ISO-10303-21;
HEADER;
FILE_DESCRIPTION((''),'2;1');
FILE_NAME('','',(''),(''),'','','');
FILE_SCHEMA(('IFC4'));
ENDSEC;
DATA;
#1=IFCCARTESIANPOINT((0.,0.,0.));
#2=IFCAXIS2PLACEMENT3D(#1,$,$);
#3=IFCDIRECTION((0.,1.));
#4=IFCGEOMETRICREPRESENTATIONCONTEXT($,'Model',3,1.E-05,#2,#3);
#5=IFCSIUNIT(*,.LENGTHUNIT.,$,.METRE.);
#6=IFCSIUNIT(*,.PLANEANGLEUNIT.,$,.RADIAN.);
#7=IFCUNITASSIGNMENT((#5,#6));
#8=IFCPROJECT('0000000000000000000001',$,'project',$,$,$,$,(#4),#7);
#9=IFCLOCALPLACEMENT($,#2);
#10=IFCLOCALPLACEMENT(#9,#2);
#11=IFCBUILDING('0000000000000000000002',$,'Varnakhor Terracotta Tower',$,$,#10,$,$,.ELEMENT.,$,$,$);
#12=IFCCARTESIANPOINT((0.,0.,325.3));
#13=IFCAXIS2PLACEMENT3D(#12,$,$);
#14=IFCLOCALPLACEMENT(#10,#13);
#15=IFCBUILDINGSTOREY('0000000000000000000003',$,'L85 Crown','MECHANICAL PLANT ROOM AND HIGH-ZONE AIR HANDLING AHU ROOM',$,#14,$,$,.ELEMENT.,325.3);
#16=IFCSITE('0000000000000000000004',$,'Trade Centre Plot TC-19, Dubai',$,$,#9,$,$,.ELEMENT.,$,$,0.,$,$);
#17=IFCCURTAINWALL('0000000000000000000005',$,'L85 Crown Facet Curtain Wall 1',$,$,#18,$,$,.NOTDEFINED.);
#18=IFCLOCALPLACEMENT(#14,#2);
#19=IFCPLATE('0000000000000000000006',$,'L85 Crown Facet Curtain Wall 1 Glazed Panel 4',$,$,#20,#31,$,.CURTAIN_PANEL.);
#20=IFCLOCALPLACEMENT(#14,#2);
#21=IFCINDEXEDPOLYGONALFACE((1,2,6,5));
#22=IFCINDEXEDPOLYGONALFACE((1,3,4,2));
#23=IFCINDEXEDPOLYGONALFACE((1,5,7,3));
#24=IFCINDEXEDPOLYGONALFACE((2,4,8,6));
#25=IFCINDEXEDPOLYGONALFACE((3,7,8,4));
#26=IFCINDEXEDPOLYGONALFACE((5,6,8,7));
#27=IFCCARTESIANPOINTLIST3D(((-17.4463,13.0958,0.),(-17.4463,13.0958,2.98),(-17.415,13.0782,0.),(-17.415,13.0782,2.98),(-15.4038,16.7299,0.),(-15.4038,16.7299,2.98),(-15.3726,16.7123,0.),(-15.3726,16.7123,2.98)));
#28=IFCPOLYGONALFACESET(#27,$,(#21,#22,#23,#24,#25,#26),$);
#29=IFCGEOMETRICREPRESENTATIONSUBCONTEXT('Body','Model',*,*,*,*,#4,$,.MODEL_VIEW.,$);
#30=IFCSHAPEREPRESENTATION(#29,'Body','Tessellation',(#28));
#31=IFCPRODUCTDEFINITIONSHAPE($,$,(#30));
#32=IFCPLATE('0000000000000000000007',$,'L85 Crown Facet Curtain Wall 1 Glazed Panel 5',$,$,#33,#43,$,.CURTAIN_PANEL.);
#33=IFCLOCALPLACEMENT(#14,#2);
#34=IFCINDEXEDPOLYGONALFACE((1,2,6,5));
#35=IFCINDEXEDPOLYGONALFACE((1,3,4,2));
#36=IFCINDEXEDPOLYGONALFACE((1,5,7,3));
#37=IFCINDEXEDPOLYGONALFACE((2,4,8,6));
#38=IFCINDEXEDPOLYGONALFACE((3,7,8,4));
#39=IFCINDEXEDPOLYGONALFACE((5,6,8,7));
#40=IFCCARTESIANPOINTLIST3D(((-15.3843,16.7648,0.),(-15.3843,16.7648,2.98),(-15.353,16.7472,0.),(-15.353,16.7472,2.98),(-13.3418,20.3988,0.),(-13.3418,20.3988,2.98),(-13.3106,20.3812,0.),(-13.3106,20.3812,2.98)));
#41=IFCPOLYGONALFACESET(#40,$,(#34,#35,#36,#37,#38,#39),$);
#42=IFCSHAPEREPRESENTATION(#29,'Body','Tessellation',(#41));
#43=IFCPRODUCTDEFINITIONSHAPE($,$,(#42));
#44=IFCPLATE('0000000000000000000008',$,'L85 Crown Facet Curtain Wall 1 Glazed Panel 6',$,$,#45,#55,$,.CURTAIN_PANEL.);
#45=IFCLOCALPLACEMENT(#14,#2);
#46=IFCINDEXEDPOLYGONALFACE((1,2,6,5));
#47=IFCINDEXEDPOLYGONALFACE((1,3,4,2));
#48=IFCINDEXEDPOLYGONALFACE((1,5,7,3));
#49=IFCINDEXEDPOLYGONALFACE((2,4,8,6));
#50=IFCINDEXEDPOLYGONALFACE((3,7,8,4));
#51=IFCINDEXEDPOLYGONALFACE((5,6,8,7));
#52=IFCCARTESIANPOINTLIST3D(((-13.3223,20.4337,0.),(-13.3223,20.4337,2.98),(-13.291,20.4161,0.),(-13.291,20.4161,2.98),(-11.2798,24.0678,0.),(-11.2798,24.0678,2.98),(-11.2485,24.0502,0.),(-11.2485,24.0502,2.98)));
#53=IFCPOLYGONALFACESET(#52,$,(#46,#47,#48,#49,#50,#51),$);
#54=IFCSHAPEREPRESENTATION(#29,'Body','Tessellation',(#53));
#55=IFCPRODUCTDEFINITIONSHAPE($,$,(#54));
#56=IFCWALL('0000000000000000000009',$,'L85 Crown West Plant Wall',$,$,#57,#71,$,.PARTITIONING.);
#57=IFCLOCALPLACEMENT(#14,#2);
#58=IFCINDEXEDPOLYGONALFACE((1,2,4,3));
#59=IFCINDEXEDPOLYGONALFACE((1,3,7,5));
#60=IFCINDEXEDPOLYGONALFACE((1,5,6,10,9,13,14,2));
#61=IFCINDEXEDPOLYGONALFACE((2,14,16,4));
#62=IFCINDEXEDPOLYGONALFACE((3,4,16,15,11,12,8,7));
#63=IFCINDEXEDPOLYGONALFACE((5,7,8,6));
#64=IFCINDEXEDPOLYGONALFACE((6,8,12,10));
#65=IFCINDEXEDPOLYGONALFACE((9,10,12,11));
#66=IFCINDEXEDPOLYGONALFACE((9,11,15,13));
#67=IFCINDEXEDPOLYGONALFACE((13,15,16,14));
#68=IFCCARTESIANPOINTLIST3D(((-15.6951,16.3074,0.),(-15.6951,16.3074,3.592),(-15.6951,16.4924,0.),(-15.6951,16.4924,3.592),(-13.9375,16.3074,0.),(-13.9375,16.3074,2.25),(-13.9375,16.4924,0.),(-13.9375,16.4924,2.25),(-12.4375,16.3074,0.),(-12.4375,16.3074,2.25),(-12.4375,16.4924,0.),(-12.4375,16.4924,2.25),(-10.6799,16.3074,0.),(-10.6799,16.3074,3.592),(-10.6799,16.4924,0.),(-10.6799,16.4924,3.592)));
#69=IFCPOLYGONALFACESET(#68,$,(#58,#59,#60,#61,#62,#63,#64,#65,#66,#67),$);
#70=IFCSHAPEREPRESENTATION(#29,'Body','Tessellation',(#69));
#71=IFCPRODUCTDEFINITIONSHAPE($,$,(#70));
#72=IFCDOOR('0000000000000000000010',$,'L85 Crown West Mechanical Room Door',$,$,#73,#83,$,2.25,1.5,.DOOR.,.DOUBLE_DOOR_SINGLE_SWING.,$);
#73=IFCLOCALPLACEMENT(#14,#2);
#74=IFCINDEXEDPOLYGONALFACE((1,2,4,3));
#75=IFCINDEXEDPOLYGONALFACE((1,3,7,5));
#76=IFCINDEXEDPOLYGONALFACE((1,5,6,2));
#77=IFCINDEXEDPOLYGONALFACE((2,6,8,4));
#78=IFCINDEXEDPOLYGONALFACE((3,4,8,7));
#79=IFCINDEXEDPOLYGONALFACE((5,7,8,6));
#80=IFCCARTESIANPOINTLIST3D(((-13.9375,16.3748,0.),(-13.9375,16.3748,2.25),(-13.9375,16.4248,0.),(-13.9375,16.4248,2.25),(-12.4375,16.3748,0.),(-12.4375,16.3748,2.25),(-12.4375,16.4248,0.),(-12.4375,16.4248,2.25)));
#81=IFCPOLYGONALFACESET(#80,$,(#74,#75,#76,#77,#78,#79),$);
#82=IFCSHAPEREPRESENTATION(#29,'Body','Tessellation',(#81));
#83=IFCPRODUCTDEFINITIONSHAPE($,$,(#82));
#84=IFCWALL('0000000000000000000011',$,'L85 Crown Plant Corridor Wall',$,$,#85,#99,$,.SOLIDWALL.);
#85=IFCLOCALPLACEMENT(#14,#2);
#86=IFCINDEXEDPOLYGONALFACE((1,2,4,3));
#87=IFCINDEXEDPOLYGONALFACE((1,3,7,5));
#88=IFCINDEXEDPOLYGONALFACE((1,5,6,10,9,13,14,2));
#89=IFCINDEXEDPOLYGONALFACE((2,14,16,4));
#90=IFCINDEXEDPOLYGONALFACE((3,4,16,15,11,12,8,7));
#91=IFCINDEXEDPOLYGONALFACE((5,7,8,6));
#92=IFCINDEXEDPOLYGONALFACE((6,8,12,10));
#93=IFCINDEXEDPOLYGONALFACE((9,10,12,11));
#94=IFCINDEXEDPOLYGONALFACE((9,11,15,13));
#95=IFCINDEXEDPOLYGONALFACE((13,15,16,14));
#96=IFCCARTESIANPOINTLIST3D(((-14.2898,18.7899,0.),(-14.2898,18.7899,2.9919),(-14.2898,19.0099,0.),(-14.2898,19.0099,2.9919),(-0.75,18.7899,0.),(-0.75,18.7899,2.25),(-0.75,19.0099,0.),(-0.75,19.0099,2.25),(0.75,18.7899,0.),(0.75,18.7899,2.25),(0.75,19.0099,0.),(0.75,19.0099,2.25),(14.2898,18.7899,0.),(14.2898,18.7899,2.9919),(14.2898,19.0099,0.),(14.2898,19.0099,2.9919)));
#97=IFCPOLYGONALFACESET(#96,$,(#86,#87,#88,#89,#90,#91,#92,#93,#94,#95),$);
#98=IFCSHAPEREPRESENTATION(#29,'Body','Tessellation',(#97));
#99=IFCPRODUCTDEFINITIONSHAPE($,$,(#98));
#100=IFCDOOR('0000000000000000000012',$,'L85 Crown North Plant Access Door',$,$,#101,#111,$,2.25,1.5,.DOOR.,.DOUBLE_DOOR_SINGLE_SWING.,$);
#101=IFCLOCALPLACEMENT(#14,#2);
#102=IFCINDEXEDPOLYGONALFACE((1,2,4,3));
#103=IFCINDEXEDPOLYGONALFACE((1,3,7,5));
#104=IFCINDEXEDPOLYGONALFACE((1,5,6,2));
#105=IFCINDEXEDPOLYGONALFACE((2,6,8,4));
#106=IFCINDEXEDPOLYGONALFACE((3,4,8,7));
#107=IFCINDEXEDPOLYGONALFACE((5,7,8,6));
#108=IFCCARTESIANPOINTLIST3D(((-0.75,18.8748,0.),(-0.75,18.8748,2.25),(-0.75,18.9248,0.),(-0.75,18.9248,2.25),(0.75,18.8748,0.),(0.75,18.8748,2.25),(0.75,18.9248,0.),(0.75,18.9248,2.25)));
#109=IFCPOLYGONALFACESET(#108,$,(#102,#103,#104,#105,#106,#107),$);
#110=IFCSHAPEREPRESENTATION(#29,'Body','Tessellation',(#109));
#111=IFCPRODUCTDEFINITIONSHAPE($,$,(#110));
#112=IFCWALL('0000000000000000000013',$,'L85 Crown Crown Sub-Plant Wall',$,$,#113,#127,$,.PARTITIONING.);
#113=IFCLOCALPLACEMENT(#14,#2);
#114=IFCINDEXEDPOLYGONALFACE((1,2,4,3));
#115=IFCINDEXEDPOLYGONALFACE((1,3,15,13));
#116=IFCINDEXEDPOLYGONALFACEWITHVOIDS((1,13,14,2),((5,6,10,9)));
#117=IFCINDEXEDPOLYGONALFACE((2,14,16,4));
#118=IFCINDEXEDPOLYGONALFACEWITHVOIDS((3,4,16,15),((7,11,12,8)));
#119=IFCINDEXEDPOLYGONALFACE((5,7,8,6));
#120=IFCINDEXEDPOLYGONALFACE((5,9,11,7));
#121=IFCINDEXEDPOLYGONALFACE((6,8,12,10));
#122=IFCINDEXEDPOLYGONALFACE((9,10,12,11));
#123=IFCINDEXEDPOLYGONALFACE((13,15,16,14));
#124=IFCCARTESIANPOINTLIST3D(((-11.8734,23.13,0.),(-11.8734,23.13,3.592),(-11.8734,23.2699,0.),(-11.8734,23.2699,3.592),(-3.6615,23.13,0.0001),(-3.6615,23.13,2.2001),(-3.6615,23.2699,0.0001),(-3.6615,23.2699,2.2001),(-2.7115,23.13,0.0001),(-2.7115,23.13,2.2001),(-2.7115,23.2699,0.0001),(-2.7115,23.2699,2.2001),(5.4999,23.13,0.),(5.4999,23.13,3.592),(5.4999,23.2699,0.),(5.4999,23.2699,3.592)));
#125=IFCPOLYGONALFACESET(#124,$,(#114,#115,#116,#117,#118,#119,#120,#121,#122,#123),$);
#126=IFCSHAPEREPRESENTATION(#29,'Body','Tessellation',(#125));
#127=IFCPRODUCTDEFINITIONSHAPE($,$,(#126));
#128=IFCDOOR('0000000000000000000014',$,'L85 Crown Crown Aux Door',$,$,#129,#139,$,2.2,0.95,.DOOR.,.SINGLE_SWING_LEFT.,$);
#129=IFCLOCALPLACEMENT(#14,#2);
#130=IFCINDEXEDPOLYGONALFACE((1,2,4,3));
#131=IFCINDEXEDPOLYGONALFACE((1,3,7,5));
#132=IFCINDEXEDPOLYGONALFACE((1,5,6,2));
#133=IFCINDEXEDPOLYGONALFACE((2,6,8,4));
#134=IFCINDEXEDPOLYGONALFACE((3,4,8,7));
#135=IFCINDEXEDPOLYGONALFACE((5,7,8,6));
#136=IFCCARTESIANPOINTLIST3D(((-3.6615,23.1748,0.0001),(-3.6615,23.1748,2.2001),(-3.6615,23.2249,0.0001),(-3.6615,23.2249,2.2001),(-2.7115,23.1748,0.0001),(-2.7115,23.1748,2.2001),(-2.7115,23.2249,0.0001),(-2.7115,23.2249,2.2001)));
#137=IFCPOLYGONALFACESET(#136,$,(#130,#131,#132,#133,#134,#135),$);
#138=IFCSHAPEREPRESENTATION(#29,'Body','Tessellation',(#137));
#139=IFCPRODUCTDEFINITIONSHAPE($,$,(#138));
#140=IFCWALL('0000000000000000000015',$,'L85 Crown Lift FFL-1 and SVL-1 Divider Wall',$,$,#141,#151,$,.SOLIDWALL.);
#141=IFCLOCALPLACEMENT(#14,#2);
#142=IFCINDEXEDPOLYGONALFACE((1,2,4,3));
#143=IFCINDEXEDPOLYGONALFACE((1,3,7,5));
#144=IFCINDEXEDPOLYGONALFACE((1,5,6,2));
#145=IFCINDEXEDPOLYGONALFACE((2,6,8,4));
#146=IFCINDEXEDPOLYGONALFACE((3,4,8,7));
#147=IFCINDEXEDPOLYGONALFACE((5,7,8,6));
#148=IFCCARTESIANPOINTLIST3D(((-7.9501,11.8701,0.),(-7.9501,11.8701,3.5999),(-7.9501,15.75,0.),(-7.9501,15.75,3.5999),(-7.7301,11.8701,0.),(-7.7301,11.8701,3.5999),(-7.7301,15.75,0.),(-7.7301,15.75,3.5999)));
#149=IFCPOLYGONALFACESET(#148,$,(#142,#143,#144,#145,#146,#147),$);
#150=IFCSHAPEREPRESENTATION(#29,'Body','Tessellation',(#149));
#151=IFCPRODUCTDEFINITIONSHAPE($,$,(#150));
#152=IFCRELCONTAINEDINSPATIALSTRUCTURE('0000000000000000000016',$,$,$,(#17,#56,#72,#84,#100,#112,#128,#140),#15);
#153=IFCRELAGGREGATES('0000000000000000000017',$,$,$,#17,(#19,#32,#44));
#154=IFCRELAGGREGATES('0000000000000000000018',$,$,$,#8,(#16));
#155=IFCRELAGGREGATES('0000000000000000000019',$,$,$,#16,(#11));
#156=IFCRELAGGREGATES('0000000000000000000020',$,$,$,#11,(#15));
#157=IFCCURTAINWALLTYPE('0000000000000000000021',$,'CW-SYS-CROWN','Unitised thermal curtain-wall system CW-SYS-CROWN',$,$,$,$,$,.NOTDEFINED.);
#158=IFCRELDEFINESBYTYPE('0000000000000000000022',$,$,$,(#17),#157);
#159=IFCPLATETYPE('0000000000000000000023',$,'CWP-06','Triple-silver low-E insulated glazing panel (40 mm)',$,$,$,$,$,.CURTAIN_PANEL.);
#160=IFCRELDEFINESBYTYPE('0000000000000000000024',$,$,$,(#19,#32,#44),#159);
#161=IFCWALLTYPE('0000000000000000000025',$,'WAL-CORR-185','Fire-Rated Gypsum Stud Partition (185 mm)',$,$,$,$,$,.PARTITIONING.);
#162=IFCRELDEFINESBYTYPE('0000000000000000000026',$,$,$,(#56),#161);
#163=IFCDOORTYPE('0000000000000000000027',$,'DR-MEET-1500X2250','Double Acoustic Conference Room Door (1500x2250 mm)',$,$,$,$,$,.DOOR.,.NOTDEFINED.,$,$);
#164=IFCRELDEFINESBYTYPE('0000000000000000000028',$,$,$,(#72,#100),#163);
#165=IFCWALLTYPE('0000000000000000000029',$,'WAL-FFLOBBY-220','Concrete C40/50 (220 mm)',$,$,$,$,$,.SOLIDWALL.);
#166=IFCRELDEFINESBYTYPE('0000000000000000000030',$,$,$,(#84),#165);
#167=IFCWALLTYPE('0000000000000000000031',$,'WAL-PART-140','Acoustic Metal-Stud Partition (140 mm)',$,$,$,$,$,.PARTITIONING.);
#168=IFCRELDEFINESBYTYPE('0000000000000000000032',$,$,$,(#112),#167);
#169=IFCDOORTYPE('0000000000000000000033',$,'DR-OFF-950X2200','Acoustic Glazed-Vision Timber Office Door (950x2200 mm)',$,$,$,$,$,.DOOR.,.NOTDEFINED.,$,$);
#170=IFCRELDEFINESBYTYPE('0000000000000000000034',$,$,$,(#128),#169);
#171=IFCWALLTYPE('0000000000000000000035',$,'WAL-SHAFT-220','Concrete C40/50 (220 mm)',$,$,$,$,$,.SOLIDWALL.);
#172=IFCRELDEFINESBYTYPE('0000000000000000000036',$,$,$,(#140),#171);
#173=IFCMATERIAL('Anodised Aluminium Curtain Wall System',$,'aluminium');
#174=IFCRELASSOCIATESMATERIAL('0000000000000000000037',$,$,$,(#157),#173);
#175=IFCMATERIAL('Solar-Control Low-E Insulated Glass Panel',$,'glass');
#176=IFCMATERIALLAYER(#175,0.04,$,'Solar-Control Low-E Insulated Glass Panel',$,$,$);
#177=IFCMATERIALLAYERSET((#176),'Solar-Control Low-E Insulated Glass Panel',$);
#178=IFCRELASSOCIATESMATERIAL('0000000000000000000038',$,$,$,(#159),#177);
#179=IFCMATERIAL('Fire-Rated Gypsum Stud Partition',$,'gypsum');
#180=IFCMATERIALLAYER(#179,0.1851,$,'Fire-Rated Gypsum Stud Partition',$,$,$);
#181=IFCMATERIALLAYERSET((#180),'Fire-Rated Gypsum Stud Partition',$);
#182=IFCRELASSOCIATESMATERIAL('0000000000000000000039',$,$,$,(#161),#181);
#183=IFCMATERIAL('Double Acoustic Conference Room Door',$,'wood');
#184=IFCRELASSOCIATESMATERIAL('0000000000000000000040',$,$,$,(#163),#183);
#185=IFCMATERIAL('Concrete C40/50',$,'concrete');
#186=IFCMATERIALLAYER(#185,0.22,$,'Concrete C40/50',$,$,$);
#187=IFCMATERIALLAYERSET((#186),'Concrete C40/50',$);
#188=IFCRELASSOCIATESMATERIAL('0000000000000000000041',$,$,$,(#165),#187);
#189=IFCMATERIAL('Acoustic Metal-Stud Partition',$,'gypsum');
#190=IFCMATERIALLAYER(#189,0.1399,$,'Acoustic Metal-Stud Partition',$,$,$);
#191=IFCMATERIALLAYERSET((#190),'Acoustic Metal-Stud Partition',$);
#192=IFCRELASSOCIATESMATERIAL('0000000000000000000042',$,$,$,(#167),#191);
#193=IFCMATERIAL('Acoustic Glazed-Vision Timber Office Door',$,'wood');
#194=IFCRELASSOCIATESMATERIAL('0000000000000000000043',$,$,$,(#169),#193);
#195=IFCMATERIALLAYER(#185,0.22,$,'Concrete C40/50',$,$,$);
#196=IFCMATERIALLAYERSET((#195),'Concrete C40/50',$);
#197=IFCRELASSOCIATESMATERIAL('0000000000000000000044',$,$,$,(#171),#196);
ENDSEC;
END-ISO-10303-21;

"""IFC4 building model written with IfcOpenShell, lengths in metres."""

from ifc_helpers import new_model, si_unit, direction, frame, frame_2d, origin, origin_2d, place, context, subcontext, project, spatial, rectangle, extrude, source, transform, mapped, material, layer, layer_set, type_object, type_shapes, element, fill, aggregate, save


model = new_model("IFC4")

# Units and contexts
model_context = context("Model", 3, precision=1e-05, world=origin(), true_north=direction((0.0, 1.0)))
body_context = subcontext(model_context, "Body", "Model", "MODEL_VIEW")
ifc_project = project(units=[si_unit("LENGTHUNIT", "METRE"), si_unit("PLANEANGLEUNIT", "RADIAN")], contexts=[model_context])

# Site, building, storey
site_placement = place(None, origin())
site = spatial("IfcSite", under=ifc_project, at=site_placement, Name="Trade Centre Plot TC-19, Dubai", CompositionType="ELEMENT", RefElevation=0.0)
building_placement = place(site_placement, origin())
building = spatial("IfcBuilding", under=site, at=building_placement, Name="Varnakhor Terracotta Tower", CompositionType="ELEMENT")
storey_placement = place(building_placement, frame((0.0, 0.0, 325.3)))
storey = spatial("IfcBuildingStorey", under=building, at=storey_placement, Name="L85 Crown", Description="MECHANICAL PLANT ROOM AND HIGH-ZONE AIR HANDLING AHU ROOM", CompositionType="ELEMENT", Elevation=325.3)

# Curtain wall, plates
ifc_material_1 = material(Name="Anodised Aluminium Curtain Wall System", Category="aluminium")
curtain_wall_type = type_object("IfcCurtainWallType", Name="CW-SYS-CROWN", Description="Unitised thermal curtain-wall system CW-SYS-CROWN", PredefinedType="NOTDEFINED", material=ifc_material_1)
curtain_wall_placement = place(storey_placement, origin())
curtain_wall = element("IfcCurtainWall", 1, at=curtain_wall_placement, inside=storey, type_object=curtain_wall_type, Name="L85 Crown Facet Curtain Wall 1", PredefinedType="NOTDEFINED")
ifc_material_2 = material(Name="Solar-Control Low-E Insulated Glass Panel", Category="glass")
ifc_layer_1 = layer(ifc_material_2, 0.04, Name="Solar-Control Low-E Insulated Glass Panel")
ifc_layer_set_1 = layer_set([ifc_layer_1], Name="Solar-Control Low-E Insulated Glass Panel")
plate_type = type_object("IfcPlateType", Name="CWP-06", Description="Triple-silver low-E insulated glazing panel (40 mm)", PredefinedType="CURTAIN_PANEL", material=ifc_layer_set_1)
shared_shape_1 = source(origin(), body_context, "Body", "SweptSolid", [
    extrude(rectangle(XDim=4.1687, YDim=0.0359, at=origin_2d()), origin(), (0.0, 0.0, 1.0), 2.98),
])
plate_1_placement = place(storey_placement, frame((-16.4094, 14.9041, 0.0), z_axis=(0.0, 0.0, 1.0), x_axis=(0.489946, 0.871753, 0.0)))
plate_1 = element("IfcPlate", 2, at=plate_1_placement, type_object=plate_type, Name="L85 Crown Facet Curtain Wall 1 Glazed Panel 4", PredefinedType="CURTAIN_PANEL", context=body_context, shape_type="MappedRepresentation", body=[
    mapped(shared_shape_1, transform((0.0, 0.0, 0.0), scale=1.0)),
])
plate_2_placement = place(storey_placement, frame((-14.3474, 18.573, 0.0), z_axis=(0.0, 0.0, 1.0), x_axis=(0.489946, 0.871753, 0.0)))
plate_2 = element("IfcPlate", 3, at=plate_2_placement, type_object=plate_type, Name="L85 Crown Facet Curtain Wall 1 Glazed Panel 5", PredefinedType="CURTAIN_PANEL", context=body_context, shape_type="MappedRepresentation", body=[
    mapped(shared_shape_1, transform((0.0, 0.0, 0.0), scale=1.0)),
])
plate_3_placement = place(storey_placement, frame((-12.2854, 22.2419, 0.0), z_axis=(0.0, 0.0, 1.0), x_axis=(0.489946, 0.871753, 0.0)))
plate_3 = element("IfcPlate", 4, at=plate_3_placement, type_object=plate_type, Name="L85 Crown Facet Curtain Wall 1 Glazed Panel 6", PredefinedType="CURTAIN_PANEL", context=body_context, shape_type="MappedRepresentation", body=[
    mapped(shared_shape_1, transform((0.0, 0.0, 0.0), scale=1.0)),
])
aggregate(curtain_wall, [plate_1, plate_2, plate_3])

# Walls, openings, doors
ifc_material_3 = material(Name="Fire-Rated Gypsum Stud Partition", Category="gypsum")
ifc_layer_2 = layer(ifc_material_3, 0.1851, Name="Fire-Rated Gypsum Stud Partition")
ifc_layer_set_2 = layer_set([ifc_layer_2], Name="Fire-Rated Gypsum Stud Partition")
wall_type_1 = type_object("IfcWallType", Name="WAL-CORR-185", Description="Fire-Rated Gypsum Stud Partition (185 mm)", PredefinedType="PARTITIONING", material=ifc_layer_set_2)
wall_1_placement = place(storey_placement, frame((-15.6951, 16.3999, 0.0), z_axis=(0.0, 0.0, 1.0), x_axis=(1.0, 0.0, 0.0)))
wall_1 = element("IfcWall", 5, at=wall_1_placement, inside=storey, type_object=wall_type_1, Name="L85 Crown West Plant Wall", PredefinedType="PARTITIONING", context=body_context, shape_type="SweptSolid", body=[
    extrude(rectangle(XDim=5.0151, YDim=0.1851, at=frame_2d((2.5076, 0.0))), origin(), (0.0, 0.0, 1.0), 3.592),
])
opening_1_placement = place(wall_1_placement, frame((1.7576, 0.0, 0.0)))
opening_1 = element("IfcOpeningElement", 6, at=opening_1_placement, cuts=wall_1, PredefinedType="OPENING", context=body_context, shape_type="SweptSolid", body=[
    extrude(rectangle(XDim=1.5, YDim=2.25, at=frame_2d((0.75, 1.125))), frame((0.0, 0.1025, 0.0), z_axis=(0.0, -1.0, 0.0), x_axis=(1.0, 0.0, 0.0)), (0.0, 0.0, 1.0), 0.2051),
])
ifc_material_4 = material(Name="Double Acoustic Conference Room Door", Category="wood")
door_type_1 = type_object("IfcDoorType", Name="DR-MEET-1500X2250", Description="Double Acoustic Conference Room Door (1500x2250 mm)", OperationType="NOTDEFINED", PredefinedType="DOOR", material=ifc_material_4)
shared_shape_2 = source(origin(), body_context, "Body", "SweptSolid", [
    extrude(rectangle(XDim=1.5, YDim=2.25, at=frame_2d((0.75, 1.125))), frame((0.0, 0.0249, 0.0), z_axis=(0.0, -1.0, 0.0), x_axis=(1.0, 0.0, 0.0)), (0.0, 0.0, 1.0), 0.05),
])
type_shapes(door_type_1, [shared_shape_2])
door_1_placement = place(opening_1_placement, origin())
door_1 = element("IfcDoor", 7, at=door_1_placement, inside=storey, type_object=door_type_1, Name="L85 Crown West Mechanical Room Door", OperationType="DOUBLE_DOOR_SINGLE_SWING", OverallHeight=2.25, OverallWidth=1.5, PredefinedType="DOOR", context=body_context, shape_type="MappedRepresentation", body=[
    mapped(shared_shape_2, transform((0.0, 0.0, 0.0), scale=1.0)),
])
fill(opening_1, door_1)
ifc_material_5 = material(Name="Concrete C40/50", Category="concrete")
ifc_layer_3 = layer(ifc_material_5, 0.22, Name="Concrete C40/50")
ifc_layer_set_3 = layer_set([ifc_layer_3], Name="Concrete C40/50")
wall_type_2 = type_object("IfcWallType", Name="WAL-FFLOBBY-220", Description="Concrete C40/50 (220 mm)", PredefinedType="SOLIDWALL", material=ifc_layer_set_3)
wall_2_placement = place(storey_placement, frame((-14.2898, 18.8999, 0.0), z_axis=(0.0, 0.0, 1.0), x_axis=(1.0, 0.0, 0.0)))
wall_2 = element("IfcWall", 8, at=wall_2_placement, inside=storey, type_object=wall_type_2, Name="L85 Crown Plant Corridor Wall", PredefinedType="SOLIDWALL", context=body_context, shape_type="SweptSolid", body=[
    extrude(rectangle(XDim=28.5796, YDim=0.22, at=frame_2d((14.2898, 0.0))), origin(), (0.0, 0.0, 1.0), 2.9919),
])
opening_2_placement = place(wall_2_placement, frame((13.5398, 0.0, 0.0)))
opening_2 = element("IfcOpeningElement", 9, at=opening_2_placement, cuts=wall_2, PredefinedType="OPENING", context=body_context, shape_type="SweptSolid", body=[
    extrude(rectangle(XDim=1.5, YDim=2.25, at=frame_2d((0.75, 1.125))), frame((0.0, 0.1201, 0.0), z_axis=(0.0, -1.0, 0.0), x_axis=(1.0, 0.0, 0.0)), (0.0, 0.0, 1.0), 0.24),
])
door_2_placement = place(opening_2_placement, origin())
door_2 = element("IfcDoor", 10, at=door_2_placement, inside=storey, type_object=door_type_1, Name="L85 Crown North Plant Access Door", OperationType="DOUBLE_DOOR_SINGLE_SWING", OverallHeight=2.25, OverallWidth=1.5, PredefinedType="DOOR", context=body_context, shape_type="MappedRepresentation", body=[
    mapped(shared_shape_2, transform((0.0, 0.0, 0.0), scale=1.0)),
])
fill(opening_2, door_2)
ifc_material_6 = material(Name="Acoustic Metal-Stud Partition", Category="gypsum")
ifc_layer_4 = layer(ifc_material_6, 0.1399, Name="Acoustic Metal-Stud Partition")
ifc_layer_set_4 = layer_set([ifc_layer_4], Name="Acoustic Metal-Stud Partition")
wall_type_3 = type_object("IfcWallType", Name="WAL-PART-140", Description="Acoustic Metal-Stud Partition (140 mm)", PredefinedType="PARTITIONING", material=ifc_layer_set_4)
wall_3_placement = place(storey_placement, frame((-11.8733, 23.2, 0.0), z_axis=(0.0, 0.0, 1.0), x_axis=(1.0, 0.0, 0.0)))
wall_3 = element("IfcWall", 11, at=wall_3_placement, inside=storey, type_object=wall_type_3, Name="L85 Crown Crown Sub-Plant Wall", PredefinedType="PARTITIONING", context=body_context, shape_type="SweptSolid", body=[
    extrude(rectangle(XDim=17.3733, YDim=0.1399, at=frame_2d((8.6865, 0.0))), origin(), (0.0, 0.0, 1.0), 3.592),
])
opening_3_placement = place(wall_3_placement, frame((8.2117, 0.0, 0.0)))
opening_3 = element("IfcOpeningElement", 12, at=opening_3_placement, cuts=wall_3, PredefinedType="OPENING", context=body_context, shape_type="SweptSolid", body=[
    extrude(rectangle(XDim=0.95, YDim=2.2, at=frame_2d((0.4751, 1.1001))), frame((0.0, 0.0801, 0.0), z_axis=(0.0, -1.0, 0.0), x_axis=(1.0, 0.0, 0.0)), (0.0, 0.0, 1.0), 0.1599),
])
ifc_material_7 = material(Name="Acoustic Glazed-Vision Timber Office Door", Category="wood")
door_type_2 = type_object("IfcDoorType", Name="DR-OFF-950X2200", Description="Acoustic Glazed-Vision Timber Office Door (950x2200 mm)", OperationType="NOTDEFINED", PredefinedType="DOOR", material=ifc_material_7)
shared_shape_3 = source(origin(), body_context, "Body", "SweptSolid", [
    extrude(rectangle(XDim=0.95, YDim=2.2, at=frame_2d((0.4751, 1.1001))), frame((0.0, 0.0249, 0.0), z_axis=(0.0, -1.0, 0.0), x_axis=(1.0, 0.0, 0.0)), (0.0, 0.0, 1.0), 0.05),
])
type_shapes(door_type_2, [shared_shape_3])
door_3_placement = place(opening_3_placement, origin())
door_3 = element("IfcDoor", 13, at=door_3_placement, inside=storey, type_object=door_type_2, Name="L85 Crown Crown Aux Door", OperationType="SINGLE_SWING_LEFT", OverallHeight=2.2, OverallWidth=0.95, PredefinedType="DOOR", context=body_context, shape_type="MappedRepresentation", body=[
    mapped(shared_shape_3, transform((0.0, 0.0, 0.0), scale=1.0)),
])
fill(opening_3, door_3)

# Wall
ifc_layer_5 = layer(ifc_material_5, 0.22, Name="Concrete C40/50")
ifc_layer_set_5 = layer_set([ifc_layer_5], Name="Concrete C40/50")
wall_type_4 = type_object("IfcWallType", Name="WAL-SHAFT-220", Description="Concrete C40/50 (220 mm)", PredefinedType="SOLIDWALL", material=ifc_layer_set_5)
wall_4_placement = place(storey_placement, frame((-7.8401, 11.8701, 0.0), z_axis=(0.0, 0.0, 1.0), x_axis=(0.0, 1.0, 0.0)))
element("IfcWall", 14, at=wall_4_placement, inside=storey, type_object=wall_type_4, Name="L85 Crown Lift FFL-1 and SVL-1 Divider Wall", PredefinedType="SOLIDWALL", context=body_context, shape_type="SweptSolid", body=[
    extrude(rectangle(XDim=3.8799, YDim=0.22, at=frame_2d((1.9399, 0.0))), origin(), (0.0, 0.0, 1.0), 3.5999),
])

save(model, "model.ifc")
